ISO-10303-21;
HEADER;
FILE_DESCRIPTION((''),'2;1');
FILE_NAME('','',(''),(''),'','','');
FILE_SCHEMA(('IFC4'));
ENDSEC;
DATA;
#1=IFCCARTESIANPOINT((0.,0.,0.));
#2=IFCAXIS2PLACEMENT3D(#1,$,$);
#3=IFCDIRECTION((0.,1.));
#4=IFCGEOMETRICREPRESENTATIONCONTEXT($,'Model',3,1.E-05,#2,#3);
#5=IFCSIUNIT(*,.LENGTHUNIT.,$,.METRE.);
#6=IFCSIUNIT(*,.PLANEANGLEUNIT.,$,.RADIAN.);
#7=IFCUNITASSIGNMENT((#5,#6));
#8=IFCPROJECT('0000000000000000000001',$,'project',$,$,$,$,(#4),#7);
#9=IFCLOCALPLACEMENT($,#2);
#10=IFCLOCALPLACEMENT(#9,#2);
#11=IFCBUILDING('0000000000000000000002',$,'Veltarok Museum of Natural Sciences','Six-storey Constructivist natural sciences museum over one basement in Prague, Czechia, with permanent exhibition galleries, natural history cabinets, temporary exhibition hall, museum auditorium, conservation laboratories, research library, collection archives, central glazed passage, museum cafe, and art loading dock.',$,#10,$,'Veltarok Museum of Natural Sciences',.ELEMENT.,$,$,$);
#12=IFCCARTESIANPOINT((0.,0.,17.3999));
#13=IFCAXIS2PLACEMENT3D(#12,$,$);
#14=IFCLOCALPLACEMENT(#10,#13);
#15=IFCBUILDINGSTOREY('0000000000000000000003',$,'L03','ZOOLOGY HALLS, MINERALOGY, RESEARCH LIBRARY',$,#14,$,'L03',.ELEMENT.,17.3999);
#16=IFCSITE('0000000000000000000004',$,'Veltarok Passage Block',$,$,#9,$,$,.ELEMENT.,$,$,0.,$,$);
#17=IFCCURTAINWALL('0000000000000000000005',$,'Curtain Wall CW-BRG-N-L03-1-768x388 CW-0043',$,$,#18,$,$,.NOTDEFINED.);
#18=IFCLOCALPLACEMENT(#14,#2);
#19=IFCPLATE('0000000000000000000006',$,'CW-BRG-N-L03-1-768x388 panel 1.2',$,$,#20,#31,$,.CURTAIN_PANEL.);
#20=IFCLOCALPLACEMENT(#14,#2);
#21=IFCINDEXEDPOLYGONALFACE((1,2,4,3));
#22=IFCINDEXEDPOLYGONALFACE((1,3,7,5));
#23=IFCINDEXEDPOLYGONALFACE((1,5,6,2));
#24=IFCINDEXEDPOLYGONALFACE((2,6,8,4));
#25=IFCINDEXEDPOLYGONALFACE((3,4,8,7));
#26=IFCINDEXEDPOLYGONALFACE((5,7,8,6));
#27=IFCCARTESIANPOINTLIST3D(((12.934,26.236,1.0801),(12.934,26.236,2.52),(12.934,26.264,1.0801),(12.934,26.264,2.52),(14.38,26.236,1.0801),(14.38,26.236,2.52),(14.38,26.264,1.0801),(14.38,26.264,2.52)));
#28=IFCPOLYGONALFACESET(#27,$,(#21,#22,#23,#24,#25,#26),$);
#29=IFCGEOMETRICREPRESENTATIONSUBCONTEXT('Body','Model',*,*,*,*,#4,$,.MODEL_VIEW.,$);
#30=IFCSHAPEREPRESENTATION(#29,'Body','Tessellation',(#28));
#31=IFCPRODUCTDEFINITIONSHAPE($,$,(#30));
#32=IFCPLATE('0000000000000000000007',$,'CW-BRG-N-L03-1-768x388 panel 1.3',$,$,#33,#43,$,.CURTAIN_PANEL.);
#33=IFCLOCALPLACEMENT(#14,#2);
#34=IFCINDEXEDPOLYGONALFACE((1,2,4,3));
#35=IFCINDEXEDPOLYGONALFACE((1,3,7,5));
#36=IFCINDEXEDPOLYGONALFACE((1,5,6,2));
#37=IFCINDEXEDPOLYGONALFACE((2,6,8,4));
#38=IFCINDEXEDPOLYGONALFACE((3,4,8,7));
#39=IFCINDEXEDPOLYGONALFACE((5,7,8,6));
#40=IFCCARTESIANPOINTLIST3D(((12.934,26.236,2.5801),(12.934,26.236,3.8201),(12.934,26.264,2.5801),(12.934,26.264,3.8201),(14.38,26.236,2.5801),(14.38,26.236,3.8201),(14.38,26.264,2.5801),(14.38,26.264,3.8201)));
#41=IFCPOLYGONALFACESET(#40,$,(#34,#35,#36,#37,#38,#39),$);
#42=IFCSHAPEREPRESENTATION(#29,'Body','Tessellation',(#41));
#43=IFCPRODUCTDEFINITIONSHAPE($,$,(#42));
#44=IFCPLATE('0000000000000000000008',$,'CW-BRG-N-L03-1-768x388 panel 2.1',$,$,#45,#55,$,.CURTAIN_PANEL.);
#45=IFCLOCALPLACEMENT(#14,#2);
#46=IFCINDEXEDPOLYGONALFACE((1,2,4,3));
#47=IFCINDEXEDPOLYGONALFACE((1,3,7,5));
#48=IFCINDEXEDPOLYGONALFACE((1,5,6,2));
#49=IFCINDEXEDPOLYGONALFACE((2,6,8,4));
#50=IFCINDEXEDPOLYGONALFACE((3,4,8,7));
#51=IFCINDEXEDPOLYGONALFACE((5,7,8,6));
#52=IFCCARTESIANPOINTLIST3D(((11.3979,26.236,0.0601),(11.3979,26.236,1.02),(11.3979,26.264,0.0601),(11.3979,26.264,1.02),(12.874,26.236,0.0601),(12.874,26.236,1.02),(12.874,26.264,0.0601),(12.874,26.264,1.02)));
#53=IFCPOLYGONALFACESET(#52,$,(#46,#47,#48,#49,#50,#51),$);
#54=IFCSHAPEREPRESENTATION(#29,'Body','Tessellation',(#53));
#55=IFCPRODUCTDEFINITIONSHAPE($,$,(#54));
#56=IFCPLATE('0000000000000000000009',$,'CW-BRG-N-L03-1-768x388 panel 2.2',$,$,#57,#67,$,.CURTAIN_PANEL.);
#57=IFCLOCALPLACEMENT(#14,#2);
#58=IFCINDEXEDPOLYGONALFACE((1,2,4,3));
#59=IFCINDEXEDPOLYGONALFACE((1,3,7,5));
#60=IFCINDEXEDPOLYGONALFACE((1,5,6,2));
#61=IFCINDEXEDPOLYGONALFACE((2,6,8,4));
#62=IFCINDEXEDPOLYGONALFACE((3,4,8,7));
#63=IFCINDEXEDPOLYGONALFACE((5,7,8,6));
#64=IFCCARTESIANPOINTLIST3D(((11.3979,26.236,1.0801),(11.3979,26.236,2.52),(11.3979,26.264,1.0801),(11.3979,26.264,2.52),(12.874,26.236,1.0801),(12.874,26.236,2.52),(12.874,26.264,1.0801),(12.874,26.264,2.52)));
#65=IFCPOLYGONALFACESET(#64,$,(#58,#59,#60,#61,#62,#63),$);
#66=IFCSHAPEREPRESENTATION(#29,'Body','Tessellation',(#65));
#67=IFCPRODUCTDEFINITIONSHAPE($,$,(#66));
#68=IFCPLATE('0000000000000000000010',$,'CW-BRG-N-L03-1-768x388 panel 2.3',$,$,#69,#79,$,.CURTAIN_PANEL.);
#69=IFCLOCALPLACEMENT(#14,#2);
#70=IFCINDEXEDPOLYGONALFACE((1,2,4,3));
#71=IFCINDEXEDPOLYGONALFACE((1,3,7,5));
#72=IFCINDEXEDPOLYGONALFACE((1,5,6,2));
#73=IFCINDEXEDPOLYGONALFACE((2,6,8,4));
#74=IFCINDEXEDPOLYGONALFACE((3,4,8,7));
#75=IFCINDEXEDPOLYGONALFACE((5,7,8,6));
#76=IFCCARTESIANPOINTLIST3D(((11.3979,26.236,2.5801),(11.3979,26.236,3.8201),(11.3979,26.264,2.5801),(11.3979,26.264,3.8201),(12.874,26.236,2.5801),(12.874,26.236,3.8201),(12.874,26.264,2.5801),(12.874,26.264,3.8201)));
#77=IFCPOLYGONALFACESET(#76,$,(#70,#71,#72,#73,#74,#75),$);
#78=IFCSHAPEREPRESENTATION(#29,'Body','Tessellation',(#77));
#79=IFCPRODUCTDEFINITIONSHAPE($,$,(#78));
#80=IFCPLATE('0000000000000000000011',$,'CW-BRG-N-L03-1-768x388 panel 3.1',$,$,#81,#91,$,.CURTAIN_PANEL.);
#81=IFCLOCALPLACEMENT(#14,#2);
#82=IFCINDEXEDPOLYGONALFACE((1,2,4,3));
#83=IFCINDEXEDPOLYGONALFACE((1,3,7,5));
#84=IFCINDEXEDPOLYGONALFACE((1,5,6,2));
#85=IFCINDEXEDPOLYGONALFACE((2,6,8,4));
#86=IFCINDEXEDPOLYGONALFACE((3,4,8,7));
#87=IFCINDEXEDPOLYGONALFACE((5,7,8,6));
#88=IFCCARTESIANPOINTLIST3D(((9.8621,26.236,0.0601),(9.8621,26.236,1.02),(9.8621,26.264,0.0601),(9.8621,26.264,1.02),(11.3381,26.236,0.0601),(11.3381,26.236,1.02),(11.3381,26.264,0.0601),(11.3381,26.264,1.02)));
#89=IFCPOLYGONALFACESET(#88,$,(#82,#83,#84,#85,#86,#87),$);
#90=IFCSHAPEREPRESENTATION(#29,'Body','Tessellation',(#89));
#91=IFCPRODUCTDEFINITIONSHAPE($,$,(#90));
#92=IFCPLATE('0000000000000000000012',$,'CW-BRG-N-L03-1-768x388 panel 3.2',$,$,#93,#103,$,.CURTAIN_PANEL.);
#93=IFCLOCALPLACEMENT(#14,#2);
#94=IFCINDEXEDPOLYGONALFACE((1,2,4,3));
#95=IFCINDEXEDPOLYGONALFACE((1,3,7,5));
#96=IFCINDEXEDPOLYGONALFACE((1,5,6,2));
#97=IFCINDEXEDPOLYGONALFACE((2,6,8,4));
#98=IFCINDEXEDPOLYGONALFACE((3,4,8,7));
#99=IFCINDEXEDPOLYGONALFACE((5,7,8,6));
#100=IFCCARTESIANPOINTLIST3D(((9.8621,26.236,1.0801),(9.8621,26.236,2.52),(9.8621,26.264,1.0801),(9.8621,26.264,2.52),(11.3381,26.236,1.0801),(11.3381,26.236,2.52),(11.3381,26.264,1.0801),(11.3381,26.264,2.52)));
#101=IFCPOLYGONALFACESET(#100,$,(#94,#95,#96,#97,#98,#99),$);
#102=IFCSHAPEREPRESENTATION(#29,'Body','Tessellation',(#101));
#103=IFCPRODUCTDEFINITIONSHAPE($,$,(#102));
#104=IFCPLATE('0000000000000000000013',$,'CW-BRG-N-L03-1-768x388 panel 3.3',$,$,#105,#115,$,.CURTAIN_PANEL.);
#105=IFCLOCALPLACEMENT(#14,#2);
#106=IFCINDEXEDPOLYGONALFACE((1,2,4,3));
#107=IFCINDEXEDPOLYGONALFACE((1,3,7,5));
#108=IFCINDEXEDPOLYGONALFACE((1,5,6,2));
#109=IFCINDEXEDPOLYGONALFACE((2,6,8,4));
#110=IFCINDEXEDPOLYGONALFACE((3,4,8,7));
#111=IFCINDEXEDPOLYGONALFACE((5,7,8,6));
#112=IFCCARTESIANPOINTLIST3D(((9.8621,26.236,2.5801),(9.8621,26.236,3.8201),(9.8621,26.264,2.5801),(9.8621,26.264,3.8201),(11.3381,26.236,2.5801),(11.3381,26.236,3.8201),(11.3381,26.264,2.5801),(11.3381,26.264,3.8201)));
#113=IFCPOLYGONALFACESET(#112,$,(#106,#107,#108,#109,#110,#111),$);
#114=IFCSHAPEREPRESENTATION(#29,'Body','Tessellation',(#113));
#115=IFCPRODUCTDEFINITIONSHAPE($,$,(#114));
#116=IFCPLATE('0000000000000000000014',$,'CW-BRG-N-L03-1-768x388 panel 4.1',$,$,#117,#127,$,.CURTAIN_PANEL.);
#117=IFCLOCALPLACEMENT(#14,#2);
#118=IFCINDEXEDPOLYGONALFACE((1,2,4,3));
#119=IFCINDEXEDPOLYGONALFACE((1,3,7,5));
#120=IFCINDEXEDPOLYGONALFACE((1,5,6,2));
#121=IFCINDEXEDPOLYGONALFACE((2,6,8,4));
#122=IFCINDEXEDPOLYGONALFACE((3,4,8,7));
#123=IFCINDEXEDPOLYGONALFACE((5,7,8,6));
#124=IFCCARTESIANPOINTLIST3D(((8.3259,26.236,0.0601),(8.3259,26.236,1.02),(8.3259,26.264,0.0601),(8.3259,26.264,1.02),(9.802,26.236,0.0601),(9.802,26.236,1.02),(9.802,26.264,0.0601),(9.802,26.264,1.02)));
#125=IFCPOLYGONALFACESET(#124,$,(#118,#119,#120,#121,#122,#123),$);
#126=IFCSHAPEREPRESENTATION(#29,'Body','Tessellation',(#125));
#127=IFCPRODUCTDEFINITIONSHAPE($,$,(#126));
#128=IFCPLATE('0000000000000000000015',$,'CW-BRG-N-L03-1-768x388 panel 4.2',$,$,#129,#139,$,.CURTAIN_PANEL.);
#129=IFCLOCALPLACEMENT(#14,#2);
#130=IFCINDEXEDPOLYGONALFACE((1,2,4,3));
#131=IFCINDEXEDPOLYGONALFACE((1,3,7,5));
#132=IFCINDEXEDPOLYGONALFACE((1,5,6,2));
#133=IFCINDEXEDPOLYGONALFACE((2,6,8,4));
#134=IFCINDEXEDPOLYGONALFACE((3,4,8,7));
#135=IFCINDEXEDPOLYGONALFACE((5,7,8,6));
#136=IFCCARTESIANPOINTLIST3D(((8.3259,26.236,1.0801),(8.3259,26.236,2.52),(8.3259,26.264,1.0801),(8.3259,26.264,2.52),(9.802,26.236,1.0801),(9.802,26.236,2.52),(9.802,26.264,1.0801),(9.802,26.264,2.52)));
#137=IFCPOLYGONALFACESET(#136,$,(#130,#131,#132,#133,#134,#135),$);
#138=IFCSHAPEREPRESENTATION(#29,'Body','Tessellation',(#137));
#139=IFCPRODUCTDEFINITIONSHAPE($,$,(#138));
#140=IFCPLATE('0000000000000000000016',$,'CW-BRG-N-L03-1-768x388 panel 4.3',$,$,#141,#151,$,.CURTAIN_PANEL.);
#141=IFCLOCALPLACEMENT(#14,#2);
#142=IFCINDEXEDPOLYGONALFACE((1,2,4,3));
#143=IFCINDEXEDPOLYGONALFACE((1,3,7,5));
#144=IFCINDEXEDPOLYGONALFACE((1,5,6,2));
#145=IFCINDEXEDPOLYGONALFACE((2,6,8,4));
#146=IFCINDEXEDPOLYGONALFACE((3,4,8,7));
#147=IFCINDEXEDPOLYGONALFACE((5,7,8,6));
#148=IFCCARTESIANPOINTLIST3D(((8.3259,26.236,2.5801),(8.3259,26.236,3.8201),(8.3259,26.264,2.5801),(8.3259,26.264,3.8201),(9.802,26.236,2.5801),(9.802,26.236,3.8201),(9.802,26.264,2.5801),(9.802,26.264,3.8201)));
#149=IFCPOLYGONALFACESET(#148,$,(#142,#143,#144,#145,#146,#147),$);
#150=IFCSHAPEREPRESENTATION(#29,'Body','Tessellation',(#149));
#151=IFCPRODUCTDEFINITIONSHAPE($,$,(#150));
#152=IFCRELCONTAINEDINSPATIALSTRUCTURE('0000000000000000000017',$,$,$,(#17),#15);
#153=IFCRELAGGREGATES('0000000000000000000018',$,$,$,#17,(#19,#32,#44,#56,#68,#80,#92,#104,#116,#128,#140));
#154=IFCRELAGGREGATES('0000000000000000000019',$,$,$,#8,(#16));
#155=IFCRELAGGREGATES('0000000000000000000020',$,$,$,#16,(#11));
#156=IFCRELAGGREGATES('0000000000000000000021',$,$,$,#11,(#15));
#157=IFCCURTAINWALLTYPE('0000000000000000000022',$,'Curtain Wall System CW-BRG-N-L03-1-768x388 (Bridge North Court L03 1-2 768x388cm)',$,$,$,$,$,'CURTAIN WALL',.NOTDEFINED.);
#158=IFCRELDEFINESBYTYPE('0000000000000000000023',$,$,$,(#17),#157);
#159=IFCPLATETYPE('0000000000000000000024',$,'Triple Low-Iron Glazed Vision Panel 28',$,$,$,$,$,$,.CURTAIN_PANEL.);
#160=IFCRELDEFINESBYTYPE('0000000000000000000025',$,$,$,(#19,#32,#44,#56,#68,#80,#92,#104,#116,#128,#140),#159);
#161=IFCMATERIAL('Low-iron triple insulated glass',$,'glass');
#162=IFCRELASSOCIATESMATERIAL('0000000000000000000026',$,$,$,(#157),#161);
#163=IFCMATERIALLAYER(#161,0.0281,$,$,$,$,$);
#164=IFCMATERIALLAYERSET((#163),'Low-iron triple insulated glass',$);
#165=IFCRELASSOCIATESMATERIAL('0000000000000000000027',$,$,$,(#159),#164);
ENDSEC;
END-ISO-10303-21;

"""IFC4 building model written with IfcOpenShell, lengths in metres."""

from ifc_helpers import new_model, si_unit, direction, frame, origin, origin_2d, place, context, subcontext, project, spatial, rectangle, extrude, material, layer, layer_set, type_object, element, aggregate, save


model = new_model("IFC4")

# Units and contexts
model_context = context("Model", 3, precision=1e-05, world=origin(), true_north=direction((0.0, 1.0)))
body_context = subcontext(model_context, "Body", "Model", "MODEL_VIEW")
ifc_project = project(units=[si_unit("LENGTHUNIT", "METRE"), si_unit("PLANEANGLEUNIT", "RADIAN")], contexts=[model_context])

# Site, building, storey
site_placement = place(None, origin())
site = spatial("IfcSite", under=ifc_project, at=site_placement, Name="Veltarok Passage Block", CompositionType="ELEMENT", RefElevation=0.0)
building_placement = place(site_placement, origin())
building = spatial("IfcBuilding", under=site, at=building_placement, Name="Veltarok Museum of Natural Sciences", Description="Six-storey Constructivist natural sciences museum over one basement in Prague, Czechia, with permanent exhibition galleries, natural history cabinets, temporary exhibition hall, museum auditorium, conservation laboratories, research library, collection archives, central glazed passage, museum cafe, and art loading dock.", LongName="Veltarok Museum of Natural Sciences", CompositionType="ELEMENT")
storey_placement = place(building_placement, frame((0.0, 0.0, 17.3999)))
storey = spatial("IfcBuildingStorey", under=building, at=storey_placement, Name="L03", Description="ZOOLOGY HALLS, MINERALOGY, RESEARCH LIBRARY", LongName="L03", CompositionType="ELEMENT", Elevation=17.3999)

# Curtain wall
ifc_material_1 = material(Name="Low-iron triple insulated glass", Category="glass")
curtain_wall_type = type_object("IfcCurtainWallType", Name="Curtain Wall System CW-BRG-N-L03-1-768x388 (Bridge North Court L03 1-2 768x388cm)", ElementType="CURTAIN WALL", PredefinedType="NOTDEFINED", material=ifc_material_1)
curtain_wall_placement = place(storey_placement, origin())
curtain_wall = element("IfcCurtainWall", 1, at=curtain_wall_placement, inside=storey, type_object=curtain_wall_type, Name="Curtain Wall CW-BRG-N-L03-1-768x388 CW-0043", PredefinedType="NOTDEFINED")

# Plates
ifc_layer = layer(ifc_material_1, 0.0281)
ifc_layer_set = layer_set([ifc_layer], Name="Low-iron triple insulated glass")
plate_type = type_object("IfcPlateType", Name="Triple Low-Iron Glazed Vision Panel 28", PredefinedType="CURTAIN_PANEL", material=ifc_layer_set)
plate_1_placement = place(storey_placement, frame((13.657, 26.25, 1.0801), z_axis=(0.0, 0.0, 1.0), x_axis=(-1.0, 0.0, 0.0)))
plate_1 = element("IfcPlate", 2, at=plate_1_placement, type_object=plate_type, Name="CW-BRG-N-L03-1-768x388 panel 1.2", PredefinedType="CURTAIN_PANEL", context=body_context, shape_type="SweptSolid", body=[
    extrude(rectangle(XDim=1.446, YDim=0.0281, at=origin_2d()), origin(), (0.0, 0.0, 1.0), 1.4399),
])
plate_2_placement = place(storey_placement, frame((13.657, 26.25, 2.5801), z_axis=(0.0, 0.0, 1.0), x_axis=(-1.0, 0.0, 0.0)))
plate_2 = element("IfcPlate", 3, at=plate_2_placement, type_object=plate_type, Name="CW-BRG-N-L03-1-768x388 panel 1.3", PredefinedType="CURTAIN_PANEL", context=body_context, shape_type="SweptSolid", body=[
    extrude(rectangle(XDim=1.446, YDim=0.0281, at=origin_2d()), origin(), (0.0, 0.0, 1.0), 1.24),
])
plate_3_placement = place(storey_placement, frame((12.136, 26.25, 0.0601), z_axis=(0.0, 0.0, 1.0), x_axis=(-1.0, 0.0, 0.0)))
plate_3 = element("IfcPlate", 4, at=plate_3_placement, type_object=plate_type, Name="CW-BRG-N-L03-1-768x388 panel 2.1", PredefinedType="CURTAIN_PANEL", context=body_context, shape_type="SweptSolid", body=[
    extrude(rectangle(XDim=1.4761, YDim=0.0281, at=origin_2d()), origin(), (0.0, 0.0, 1.0), 0.96),
])
plate_4_placement = place(storey_placement, frame((12.136, 26.25, 1.0801), z_axis=(0.0, 0.0, 1.0), x_axis=(-1.0, 0.0, 0.0)))
plate_4 = element("IfcPlate", 5, at=plate_4_placement, type_object=plate_type, Name="CW-BRG-N-L03-1-768x388 panel 2.2", PredefinedType="CURTAIN_PANEL", context=body_context, shape_type="SweptSolid", body=[
    extrude(rectangle(XDim=1.4761, YDim=0.0281, at=origin_2d()), origin(), (0.0, 0.0, 1.0), 1.4399),
])
plate_5_placement = place(storey_placement, frame((12.136, 26.25, 2.5801), z_axis=(0.0, 0.0, 1.0), x_axis=(-1.0, 0.0, 0.0)))
plate_5 = element("IfcPlate", 6, at=plate_5_placement, type_object=plate_type, Name="CW-BRG-N-L03-1-768x388 panel 2.3", PredefinedType="CURTAIN_PANEL", context=body_context, shape_type="SweptSolid", body=[
    extrude(rectangle(XDim=1.4761, YDim=0.0281, at=origin_2d()), origin(), (0.0, 0.0, 1.0), 1.24),
])
plate_6_placement = place(storey_placement, frame((10.6001, 26.25, 0.0601), z_axis=(0.0, 0.0, 1.0), x_axis=(-1.0, 0.0, 0.0)))
plate_6 = element("IfcPlate", 7, at=plate_6_placement, type_object=plate_type, Name="CW-BRG-N-L03-1-768x388 panel 3.1", PredefinedType="CURTAIN_PANEL", context=body_context, shape_type="SweptSolid", body=[
    extrude(rectangle(XDim=1.4761, YDim=0.0281, at=origin_2d()), origin(), (0.0, 0.0, 1.0), 0.96),
])
plate_7_placement = place(storey_placement, frame((10.6001, 26.25, 1.0801), z_axis=(0.0, 0.0, 1.0), x_axis=(-1.0, 0.0, 0.0)))
plate_7 = element("IfcPlate", 8, at=plate_7_placement, type_object=plate_type, Name="CW-BRG-N-L03-1-768x388 panel 3.2", PredefinedType="CURTAIN_PANEL", context=body_context, shape_type="SweptSolid", body=[
    extrude(rectangle(XDim=1.4761, YDim=0.0281, at=origin_2d()), origin(), (0.0, 0.0, 1.0), 1.4399),
])
plate_8_placement = place(storey_placement, frame((10.6001, 26.25, 2.5801), z_axis=(0.0, 0.0, 1.0), x_axis=(-1.0, 0.0, 0.0)))
plate_8 = element("IfcPlate", 9, at=plate_8_placement, type_object=plate_type, Name="CW-BRG-N-L03-1-768x388 panel 3.3", PredefinedType="CURTAIN_PANEL", context=body_context, shape_type="SweptSolid", body=[
    extrude(rectangle(XDim=1.4761, YDim=0.0281, at=origin_2d()), origin(), (0.0, 0.0, 1.0), 1.24),
])
plate_9_placement = place(storey_placement, frame((9.064, 26.25, 0.0601), z_axis=(0.0, 0.0, 1.0), x_axis=(-1.0, 0.0, 0.0)))
plate_9 = element("IfcPlate", 10, at=plate_9_placement, type_object=plate_type, Name="CW-BRG-N-L03-1-768x388 panel 4.1", PredefinedType="CURTAIN_PANEL", context=body_context, shape_type="SweptSolid", body=[
    extrude(rectangle(XDim=1.4761, YDim=0.0281, at=origin_2d()), origin(), (0.0, 0.0, 1.0), 0.96),
])
plate_10_placement = place(storey_placement, frame((9.064, 26.25, 1.0801), z_axis=(0.0, 0.0, 1.0), x_axis=(-1.0, 0.0, 0.0)))
plate_10 = element("IfcPlate", 11, at=plate_10_placement, type_object=plate_type, Name="CW-BRG-N-L03-1-768x388 panel 4.2", PredefinedType="CURTAIN_PANEL", context=body_context, shape_type="SweptSolid", body=[
    extrude(rectangle(XDim=1.4761, YDim=0.0281, at=origin_2d()), origin(), (0.0, 0.0, 1.0), 1.4399),
])
plate_11_placement = place(storey_placement, frame((9.064, 26.25, 2.5801), z_axis=(0.0, 0.0, 1.0), x_axis=(-1.0, 0.0, 0.0)))
plate_11 = element("IfcPlate", 12, at=plate_11_placement, type_object=plate_type, Name="CW-BRG-N-L03-1-768x388 panel 4.3", PredefinedType="CURTAIN_PANEL", context=body_context, shape_type="SweptSolid", body=[
    extrude(rectangle(XDim=1.4761, YDim=0.0281, at=origin_2d()), origin(), (0.0, 0.0, 1.0), 1.24),
])
aggregate(curtain_wall, [plate_1, plate_2, plate_3, plate_4, plate_5, plate_6, plate_7, plate_8, plate_9, plate_10, plate_11])

save(model, "model.ifc")
